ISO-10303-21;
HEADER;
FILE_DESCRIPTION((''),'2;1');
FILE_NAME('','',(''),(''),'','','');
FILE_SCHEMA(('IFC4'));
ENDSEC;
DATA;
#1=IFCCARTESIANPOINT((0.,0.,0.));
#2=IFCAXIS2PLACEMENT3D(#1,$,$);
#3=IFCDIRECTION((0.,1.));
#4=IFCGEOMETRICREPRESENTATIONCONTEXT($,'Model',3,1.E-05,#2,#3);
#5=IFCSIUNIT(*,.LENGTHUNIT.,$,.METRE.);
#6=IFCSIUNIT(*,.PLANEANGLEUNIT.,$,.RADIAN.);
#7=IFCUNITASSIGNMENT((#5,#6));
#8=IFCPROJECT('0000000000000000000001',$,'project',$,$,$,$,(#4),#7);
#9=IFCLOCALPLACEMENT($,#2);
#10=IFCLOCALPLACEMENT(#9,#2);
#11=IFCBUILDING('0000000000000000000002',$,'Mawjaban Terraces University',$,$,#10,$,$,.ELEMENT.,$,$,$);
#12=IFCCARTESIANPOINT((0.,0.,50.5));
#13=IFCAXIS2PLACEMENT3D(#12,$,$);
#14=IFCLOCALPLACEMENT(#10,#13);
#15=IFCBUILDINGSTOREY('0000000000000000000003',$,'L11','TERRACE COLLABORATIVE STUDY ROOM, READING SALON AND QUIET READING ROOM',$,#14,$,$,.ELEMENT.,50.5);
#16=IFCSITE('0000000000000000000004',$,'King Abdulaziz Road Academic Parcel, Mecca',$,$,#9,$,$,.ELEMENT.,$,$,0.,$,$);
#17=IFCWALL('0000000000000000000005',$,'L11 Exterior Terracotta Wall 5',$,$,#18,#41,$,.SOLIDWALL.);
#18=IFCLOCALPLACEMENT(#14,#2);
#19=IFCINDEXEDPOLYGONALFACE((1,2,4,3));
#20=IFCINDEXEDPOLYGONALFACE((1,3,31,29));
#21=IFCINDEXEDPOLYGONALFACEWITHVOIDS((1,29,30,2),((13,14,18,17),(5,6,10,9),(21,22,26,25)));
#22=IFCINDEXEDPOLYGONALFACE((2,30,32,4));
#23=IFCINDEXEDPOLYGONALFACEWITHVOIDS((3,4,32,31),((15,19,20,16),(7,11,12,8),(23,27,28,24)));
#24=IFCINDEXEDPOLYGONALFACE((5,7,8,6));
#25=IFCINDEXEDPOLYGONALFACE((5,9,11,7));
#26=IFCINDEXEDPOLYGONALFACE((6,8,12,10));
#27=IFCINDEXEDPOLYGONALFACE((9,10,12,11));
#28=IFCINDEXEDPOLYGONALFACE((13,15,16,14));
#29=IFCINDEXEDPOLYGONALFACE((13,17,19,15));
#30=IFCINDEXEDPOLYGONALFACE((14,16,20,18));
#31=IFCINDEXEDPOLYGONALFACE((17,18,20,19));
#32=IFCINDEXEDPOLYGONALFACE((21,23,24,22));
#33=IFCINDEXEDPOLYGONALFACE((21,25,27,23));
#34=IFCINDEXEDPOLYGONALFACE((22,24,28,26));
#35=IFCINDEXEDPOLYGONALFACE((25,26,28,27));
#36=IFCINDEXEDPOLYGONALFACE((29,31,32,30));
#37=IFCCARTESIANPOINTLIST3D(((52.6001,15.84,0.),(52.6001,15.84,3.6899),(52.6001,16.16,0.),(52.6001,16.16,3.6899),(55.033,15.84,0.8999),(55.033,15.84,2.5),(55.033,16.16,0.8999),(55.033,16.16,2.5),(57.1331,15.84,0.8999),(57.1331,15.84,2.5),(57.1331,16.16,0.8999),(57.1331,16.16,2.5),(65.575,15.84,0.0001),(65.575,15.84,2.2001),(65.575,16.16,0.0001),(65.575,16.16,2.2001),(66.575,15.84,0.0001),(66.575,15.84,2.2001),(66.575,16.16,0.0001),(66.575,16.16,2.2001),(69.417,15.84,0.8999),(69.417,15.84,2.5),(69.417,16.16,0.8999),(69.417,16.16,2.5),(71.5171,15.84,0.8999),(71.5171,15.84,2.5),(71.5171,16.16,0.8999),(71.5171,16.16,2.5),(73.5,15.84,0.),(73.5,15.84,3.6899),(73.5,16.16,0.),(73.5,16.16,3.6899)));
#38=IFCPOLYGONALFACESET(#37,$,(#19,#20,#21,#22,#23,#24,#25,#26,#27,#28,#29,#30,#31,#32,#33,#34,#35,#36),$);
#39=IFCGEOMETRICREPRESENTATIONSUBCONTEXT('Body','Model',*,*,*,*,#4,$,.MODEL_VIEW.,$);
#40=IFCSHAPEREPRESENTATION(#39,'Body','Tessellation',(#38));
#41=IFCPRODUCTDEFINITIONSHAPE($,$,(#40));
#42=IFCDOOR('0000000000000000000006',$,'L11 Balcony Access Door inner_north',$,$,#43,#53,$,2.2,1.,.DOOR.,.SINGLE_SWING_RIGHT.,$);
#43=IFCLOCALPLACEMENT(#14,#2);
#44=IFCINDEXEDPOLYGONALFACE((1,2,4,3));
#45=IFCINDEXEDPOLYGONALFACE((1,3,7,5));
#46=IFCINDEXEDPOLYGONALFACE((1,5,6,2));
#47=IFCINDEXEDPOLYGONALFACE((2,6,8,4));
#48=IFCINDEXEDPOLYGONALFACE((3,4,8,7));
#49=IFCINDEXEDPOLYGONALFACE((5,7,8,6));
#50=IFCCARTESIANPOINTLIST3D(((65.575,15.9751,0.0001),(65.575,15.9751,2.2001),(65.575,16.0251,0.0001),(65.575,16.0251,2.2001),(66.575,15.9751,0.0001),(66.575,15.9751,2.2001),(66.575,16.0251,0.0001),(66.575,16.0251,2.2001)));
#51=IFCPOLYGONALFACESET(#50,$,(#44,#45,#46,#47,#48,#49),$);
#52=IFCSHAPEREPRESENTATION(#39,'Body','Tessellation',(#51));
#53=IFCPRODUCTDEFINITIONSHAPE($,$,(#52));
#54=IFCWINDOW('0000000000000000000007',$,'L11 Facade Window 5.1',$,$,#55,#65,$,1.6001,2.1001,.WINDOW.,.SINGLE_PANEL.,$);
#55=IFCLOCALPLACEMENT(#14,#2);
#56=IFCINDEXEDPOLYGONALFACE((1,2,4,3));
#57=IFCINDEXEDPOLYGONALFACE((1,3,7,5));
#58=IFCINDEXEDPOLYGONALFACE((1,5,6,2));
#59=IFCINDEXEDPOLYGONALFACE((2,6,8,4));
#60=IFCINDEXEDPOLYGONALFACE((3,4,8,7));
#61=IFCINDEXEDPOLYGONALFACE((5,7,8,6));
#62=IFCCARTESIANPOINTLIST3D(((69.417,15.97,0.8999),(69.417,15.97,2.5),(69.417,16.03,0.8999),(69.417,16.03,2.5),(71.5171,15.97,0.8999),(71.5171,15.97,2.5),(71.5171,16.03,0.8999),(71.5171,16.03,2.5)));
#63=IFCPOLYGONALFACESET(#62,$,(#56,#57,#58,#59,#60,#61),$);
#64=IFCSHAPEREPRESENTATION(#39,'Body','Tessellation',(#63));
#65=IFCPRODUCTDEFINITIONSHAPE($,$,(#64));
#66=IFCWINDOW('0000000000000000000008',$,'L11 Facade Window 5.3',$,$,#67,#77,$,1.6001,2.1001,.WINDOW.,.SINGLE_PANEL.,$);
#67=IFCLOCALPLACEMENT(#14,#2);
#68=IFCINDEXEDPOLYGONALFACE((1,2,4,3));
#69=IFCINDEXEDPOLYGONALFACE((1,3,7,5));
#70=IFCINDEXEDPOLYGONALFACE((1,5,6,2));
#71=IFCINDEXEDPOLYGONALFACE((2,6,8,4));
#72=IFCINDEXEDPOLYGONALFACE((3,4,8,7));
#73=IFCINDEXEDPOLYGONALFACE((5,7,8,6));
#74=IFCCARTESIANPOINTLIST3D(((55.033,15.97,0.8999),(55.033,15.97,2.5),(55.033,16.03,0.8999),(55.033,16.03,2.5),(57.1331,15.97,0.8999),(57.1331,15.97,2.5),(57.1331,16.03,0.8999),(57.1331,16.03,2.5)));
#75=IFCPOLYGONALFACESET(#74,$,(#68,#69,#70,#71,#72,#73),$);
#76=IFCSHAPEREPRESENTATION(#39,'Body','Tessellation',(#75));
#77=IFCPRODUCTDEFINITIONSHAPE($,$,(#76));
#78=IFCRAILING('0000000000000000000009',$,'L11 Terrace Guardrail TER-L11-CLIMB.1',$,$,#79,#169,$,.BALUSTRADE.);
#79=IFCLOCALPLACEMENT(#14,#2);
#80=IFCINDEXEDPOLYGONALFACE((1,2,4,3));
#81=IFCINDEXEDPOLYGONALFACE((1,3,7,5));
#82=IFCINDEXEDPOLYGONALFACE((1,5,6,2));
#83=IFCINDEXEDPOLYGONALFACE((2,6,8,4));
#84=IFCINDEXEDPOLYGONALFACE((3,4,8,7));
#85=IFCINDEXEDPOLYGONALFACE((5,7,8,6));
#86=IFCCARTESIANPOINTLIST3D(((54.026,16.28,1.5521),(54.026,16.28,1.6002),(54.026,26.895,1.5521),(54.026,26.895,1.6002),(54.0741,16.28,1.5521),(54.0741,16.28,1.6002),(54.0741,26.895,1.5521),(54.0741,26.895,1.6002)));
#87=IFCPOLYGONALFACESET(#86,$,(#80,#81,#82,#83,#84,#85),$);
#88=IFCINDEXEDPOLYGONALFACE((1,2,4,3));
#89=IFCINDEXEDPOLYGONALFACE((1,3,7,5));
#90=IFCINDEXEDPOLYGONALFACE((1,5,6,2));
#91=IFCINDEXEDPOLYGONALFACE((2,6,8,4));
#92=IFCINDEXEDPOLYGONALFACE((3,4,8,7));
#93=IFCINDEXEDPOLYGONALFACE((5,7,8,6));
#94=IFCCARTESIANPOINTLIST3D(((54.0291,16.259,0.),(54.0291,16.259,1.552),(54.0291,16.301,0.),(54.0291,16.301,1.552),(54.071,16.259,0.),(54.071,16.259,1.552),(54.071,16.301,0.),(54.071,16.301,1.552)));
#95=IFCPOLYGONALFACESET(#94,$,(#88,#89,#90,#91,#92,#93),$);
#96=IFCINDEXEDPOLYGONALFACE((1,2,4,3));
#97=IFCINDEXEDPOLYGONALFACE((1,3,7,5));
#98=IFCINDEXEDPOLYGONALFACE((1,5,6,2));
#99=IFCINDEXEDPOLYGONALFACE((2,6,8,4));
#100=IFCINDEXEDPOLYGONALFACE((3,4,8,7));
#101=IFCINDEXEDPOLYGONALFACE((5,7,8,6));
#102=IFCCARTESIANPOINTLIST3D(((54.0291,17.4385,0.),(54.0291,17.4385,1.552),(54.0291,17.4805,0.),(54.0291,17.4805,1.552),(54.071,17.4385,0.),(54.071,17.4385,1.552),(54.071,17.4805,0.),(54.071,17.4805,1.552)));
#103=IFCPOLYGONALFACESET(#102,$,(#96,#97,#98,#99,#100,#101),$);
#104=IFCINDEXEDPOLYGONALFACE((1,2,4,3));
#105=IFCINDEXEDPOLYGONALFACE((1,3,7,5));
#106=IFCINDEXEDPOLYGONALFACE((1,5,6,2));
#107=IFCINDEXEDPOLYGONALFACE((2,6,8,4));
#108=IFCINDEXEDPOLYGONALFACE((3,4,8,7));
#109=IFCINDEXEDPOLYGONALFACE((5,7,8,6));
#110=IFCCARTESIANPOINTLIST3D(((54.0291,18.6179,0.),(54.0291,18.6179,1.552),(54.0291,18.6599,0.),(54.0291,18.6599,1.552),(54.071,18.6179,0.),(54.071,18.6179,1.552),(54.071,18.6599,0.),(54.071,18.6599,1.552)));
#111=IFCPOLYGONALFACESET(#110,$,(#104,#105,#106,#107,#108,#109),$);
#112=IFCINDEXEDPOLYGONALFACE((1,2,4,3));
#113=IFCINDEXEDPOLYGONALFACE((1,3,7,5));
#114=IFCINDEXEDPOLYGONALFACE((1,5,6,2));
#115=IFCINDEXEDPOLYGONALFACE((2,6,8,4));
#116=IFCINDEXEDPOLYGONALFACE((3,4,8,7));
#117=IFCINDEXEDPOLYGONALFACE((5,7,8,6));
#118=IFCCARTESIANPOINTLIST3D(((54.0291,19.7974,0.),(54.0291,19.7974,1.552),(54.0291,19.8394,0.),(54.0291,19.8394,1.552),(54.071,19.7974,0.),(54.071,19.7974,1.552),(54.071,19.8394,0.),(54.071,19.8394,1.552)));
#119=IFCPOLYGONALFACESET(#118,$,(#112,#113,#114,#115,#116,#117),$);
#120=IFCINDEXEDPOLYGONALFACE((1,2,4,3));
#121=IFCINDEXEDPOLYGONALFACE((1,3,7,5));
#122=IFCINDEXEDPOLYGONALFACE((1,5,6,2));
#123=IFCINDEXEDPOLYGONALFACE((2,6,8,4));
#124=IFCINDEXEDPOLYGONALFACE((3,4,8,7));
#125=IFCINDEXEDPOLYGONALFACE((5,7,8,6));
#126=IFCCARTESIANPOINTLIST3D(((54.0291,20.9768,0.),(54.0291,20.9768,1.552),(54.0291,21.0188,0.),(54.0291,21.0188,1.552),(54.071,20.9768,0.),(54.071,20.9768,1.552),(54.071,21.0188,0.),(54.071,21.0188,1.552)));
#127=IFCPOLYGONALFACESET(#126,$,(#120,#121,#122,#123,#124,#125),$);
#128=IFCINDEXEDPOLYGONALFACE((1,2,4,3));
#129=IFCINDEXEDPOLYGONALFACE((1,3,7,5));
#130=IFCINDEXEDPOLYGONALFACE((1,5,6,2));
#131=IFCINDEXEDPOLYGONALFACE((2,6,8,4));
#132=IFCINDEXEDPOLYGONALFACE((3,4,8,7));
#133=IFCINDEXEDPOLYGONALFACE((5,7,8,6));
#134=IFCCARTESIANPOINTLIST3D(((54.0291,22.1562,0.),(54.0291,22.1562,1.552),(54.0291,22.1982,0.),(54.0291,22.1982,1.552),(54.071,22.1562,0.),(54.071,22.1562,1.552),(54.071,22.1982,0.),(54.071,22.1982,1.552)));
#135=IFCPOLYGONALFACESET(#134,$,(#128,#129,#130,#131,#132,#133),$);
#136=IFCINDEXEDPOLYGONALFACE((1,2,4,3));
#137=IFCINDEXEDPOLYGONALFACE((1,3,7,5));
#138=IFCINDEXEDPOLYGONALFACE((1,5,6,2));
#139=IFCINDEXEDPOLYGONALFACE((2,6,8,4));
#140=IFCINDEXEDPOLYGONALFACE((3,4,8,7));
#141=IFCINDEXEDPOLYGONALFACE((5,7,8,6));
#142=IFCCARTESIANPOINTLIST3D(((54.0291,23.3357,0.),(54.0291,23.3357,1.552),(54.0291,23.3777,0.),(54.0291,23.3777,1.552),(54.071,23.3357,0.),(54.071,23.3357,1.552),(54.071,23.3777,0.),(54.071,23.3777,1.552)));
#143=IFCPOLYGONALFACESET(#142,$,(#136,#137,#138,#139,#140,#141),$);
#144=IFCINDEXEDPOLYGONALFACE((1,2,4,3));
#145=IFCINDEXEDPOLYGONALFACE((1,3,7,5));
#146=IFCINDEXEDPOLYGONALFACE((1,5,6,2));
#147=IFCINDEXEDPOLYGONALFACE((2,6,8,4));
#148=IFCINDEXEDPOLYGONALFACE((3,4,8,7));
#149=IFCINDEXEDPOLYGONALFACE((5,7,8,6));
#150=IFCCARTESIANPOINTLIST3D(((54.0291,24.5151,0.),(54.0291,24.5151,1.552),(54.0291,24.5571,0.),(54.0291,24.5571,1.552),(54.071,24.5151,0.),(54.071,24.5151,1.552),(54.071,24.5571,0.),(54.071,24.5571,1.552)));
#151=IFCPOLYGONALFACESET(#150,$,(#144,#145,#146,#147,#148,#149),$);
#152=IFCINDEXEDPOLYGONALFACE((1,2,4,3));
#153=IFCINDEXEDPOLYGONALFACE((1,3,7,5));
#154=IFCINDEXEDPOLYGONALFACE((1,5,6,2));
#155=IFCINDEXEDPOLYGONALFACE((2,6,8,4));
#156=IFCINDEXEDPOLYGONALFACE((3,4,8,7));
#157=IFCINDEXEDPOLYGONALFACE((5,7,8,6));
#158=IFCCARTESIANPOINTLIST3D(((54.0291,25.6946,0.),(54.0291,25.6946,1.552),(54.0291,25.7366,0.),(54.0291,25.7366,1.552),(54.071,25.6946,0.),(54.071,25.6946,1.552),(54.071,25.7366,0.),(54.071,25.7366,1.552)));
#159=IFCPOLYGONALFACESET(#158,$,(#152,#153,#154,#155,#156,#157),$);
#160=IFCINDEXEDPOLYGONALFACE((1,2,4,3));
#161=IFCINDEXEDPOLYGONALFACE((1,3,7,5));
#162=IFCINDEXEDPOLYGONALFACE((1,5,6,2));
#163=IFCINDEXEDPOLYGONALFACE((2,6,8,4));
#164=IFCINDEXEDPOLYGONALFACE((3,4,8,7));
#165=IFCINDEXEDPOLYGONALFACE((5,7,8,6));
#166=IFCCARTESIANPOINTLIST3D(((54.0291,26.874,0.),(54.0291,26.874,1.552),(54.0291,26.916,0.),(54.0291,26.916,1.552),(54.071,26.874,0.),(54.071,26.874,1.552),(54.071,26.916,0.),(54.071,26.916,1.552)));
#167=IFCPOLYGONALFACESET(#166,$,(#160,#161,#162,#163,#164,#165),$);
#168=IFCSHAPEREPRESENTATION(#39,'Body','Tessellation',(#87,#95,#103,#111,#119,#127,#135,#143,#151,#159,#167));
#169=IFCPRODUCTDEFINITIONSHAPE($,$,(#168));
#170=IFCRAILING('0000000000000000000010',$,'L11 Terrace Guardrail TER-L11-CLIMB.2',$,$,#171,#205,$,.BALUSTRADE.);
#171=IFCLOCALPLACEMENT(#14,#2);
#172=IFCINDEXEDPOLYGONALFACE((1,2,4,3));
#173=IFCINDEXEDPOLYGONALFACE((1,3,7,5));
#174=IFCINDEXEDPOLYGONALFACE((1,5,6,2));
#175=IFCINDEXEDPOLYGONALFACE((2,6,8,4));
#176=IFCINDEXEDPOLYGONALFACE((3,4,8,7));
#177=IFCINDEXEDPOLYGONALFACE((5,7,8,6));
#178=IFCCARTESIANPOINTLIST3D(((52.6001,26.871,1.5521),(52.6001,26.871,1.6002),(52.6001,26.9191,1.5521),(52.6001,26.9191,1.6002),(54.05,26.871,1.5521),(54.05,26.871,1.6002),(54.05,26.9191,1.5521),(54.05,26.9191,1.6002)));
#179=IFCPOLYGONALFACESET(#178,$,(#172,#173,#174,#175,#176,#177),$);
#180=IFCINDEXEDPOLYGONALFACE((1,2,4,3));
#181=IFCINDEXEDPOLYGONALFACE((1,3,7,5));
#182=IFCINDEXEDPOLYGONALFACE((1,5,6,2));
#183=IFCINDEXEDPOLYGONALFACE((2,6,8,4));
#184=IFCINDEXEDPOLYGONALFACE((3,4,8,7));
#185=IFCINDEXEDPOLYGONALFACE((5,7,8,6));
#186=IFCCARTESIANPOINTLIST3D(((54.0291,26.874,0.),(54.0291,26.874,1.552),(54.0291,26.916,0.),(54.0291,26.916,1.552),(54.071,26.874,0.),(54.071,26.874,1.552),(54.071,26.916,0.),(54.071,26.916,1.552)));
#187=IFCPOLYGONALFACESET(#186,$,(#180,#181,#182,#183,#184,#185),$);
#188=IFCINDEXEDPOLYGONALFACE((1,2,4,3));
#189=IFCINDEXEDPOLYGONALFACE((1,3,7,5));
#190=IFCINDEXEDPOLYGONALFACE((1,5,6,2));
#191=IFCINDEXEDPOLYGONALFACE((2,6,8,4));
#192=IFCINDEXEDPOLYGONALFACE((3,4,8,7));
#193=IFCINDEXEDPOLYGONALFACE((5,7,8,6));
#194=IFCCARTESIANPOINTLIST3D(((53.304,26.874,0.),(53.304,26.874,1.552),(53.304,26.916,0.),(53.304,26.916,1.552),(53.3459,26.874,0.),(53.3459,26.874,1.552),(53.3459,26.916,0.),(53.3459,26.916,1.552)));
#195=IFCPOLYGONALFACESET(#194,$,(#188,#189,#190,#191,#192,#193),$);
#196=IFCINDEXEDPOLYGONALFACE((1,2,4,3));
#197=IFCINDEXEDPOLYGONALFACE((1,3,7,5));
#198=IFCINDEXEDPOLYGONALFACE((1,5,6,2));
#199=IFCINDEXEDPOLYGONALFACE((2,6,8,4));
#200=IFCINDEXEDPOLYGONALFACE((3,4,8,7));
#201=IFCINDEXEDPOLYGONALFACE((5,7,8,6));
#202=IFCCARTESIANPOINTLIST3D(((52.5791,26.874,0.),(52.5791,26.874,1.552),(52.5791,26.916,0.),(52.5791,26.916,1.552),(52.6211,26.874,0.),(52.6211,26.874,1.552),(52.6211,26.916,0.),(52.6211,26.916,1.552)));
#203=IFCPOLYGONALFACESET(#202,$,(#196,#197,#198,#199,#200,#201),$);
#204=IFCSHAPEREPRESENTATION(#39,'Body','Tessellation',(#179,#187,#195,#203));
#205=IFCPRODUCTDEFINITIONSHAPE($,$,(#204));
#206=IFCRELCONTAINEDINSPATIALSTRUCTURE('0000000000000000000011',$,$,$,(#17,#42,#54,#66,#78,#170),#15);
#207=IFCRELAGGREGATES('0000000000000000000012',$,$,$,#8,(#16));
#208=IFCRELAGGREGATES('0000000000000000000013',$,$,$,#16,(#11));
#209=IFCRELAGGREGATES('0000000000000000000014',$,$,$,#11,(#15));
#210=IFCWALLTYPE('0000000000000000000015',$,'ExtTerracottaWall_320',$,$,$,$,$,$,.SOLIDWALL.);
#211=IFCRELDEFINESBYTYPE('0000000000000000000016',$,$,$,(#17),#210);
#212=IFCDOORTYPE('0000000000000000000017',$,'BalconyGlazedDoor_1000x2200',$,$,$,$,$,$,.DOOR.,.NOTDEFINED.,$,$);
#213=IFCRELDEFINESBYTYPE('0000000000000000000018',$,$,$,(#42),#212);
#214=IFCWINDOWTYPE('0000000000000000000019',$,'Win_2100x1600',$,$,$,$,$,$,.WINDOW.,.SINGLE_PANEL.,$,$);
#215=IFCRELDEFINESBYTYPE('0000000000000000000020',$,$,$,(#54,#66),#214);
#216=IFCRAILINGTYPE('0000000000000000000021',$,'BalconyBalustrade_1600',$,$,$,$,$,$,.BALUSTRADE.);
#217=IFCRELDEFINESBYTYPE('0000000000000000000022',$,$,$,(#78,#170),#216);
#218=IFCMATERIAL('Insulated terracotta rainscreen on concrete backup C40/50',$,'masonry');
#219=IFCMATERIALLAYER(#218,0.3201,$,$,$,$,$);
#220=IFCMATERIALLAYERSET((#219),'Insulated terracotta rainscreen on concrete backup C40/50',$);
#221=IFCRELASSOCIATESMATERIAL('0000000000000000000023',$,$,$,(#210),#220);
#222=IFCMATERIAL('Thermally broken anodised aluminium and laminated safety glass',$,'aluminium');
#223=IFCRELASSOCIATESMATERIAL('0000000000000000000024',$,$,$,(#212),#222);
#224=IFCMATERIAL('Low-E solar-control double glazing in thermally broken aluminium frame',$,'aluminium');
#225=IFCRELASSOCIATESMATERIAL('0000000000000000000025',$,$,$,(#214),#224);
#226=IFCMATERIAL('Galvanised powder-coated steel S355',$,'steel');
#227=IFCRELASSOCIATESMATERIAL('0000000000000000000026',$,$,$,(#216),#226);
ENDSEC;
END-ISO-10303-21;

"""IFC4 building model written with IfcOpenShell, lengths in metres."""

from ifc_helpers import new_model, si_unit, direction, frame, frame_2d, origin, origin_2d, place, context, subcontext, project, spatial, rectangle, extrude, material, layer, layer_set, type_object, element, fill, save


model = new_model("IFC4")

# Units and contexts
model_context = context("Model", 3, precision=1e-05, world=origin(), true_north=direction((0.0, 1.0)))
body_context = subcontext(model_context, "Body", "Model", "MODEL_VIEW")
ifc_project = project(units=[si_unit("LENGTHUNIT", "METRE"), si_unit("PLANEANGLEUNIT", "RADIAN")], contexts=[model_context])

# Site, building, storey
site_placement = place(None, origin())
site = spatial("IfcSite", under=ifc_project, at=site_placement, Name="King Abdulaziz Road Academic Parcel, Mecca", CompositionType="ELEMENT", RefElevation=0.0)
building_placement = place(site_placement, origin())
building = spatial("IfcBuilding", under=site, at=building_placement, Name="Mawjaban Terraces University", CompositionType="ELEMENT")
storey_placement = place(building_placement, frame((0.0, 0.0, 50.5)))
storey = spatial("IfcBuildingStorey", under=building, at=storey_placement, Name="L11", Description="TERRACE COLLABORATIVE STUDY ROOM, READING SALON AND QUIET READING ROOM", CompositionType="ELEMENT", Elevation=50.5)

# Shared definitions
ifc_material_1 = material(Name="Insulated terracotta rainscreen on concrete backup C40/50", Category="masonry")
ifc_layer_1 = layer(ifc_material_1, 0.3201)
ifc_layer_set_1 = layer_set([ifc_layer_1], Name="Insulated terracotta rainscreen on concrete backup C40/50")
wall_type = type_object("IfcWallType", Name="ExtTerracottaWall_320", PredefinedType="SOLIDWALL", material=ifc_layer_set_1)

# Wall, openings, door, windows
wall_1_placement = place(storey_placement, frame((73.5, 16.0, 0.0), z_axis=(0.0, 0.0, 1.0), x_axis=(-1.0, 0.0, 0.0)))
wall_1 = element("IfcWall", 1, at=wall_1_placement, inside=storey, type_object=wall_type, Name="L11 Exterior Terracotta Wall 5", PredefinedType="SOLIDWALL", context=body_context, shape_type="SweptSolid", body=[
    extrude(rectangle(XDim=20.8999, YDim=0.3201, at=frame_2d((10.45, 0.0))), origin(), (0.0, 0.0, 1.0), 3.6899),
])
opening_1_placement = place(wall_1_placement, frame((6.925, 0.0, 0.0)))
opening_1 = element("IfcOpeningElement", 2, at=opening_1_placement, cuts=wall_1, PredefinedType="OPENING", context=body_context, shape_type="SweptSolid", body=[
    extrude(rectangle(XDim=1.0, YDim=2.2, at=frame_2d((0.5, 1.1001))), frame((0.0, 0.1699, 0.0), z_axis=(0.0, -1.0, 0.0), x_axis=(1.0, 0.0, 0.0)), (0.0, 0.0, 1.0), 0.3401),
])
opening_2_placement = place(wall_1_placement, frame((1.9829, 0.0, 0.8999)))
opening_2 = element("IfcOpeningElement", 3, at=opening_2_placement, cuts=wall_1, PredefinedType="OPENING", context=body_context, shape_type="SweptSolid", body=[
    extrude(rectangle(XDim=2.1001, YDim=1.6001, at=frame_2d((1.05, 0.8))), frame((0.0, 0.1699, 0.0), z_axis=(0.0, -1.0, 0.0), x_axis=(1.0, 0.0, 0.0)), (0.0, 0.0, 1.0), 0.3401),
])
opening_3_placement = place(wall_1_placement, frame((16.3669, 0.0, 0.8999)))
opening_3 = element("IfcOpeningElement", 4, at=opening_3_placement, cuts=wall_1, PredefinedType="OPENING", context=body_context, shape_type="SweptSolid", body=[
    extrude(rectangle(XDim=2.1001, YDim=1.6001, at=frame_2d((1.05, 0.8))), frame((0.0, 0.1699, 0.0), z_axis=(0.0, -1.0, 0.0), x_axis=(1.0, 0.0, 0.0)), (0.0, 0.0, 1.0), 0.3401),
])
ifc_material_2 = material(Name="Thermally broken anodised aluminium and laminated safety glass", Category="aluminium")
door_type = type_object("IfcDoorType", Name="BalconyGlazedDoor_1000x2200", OperationType="NOTDEFINED", PredefinedType="DOOR", material=ifc_material_2)
door_placement = place(opening_1_placement, origin())
door = element("IfcDoor", 5, at=door_placement, inside=storey, type_object=door_type, Name="L11 Balcony Access Door inner_north", OperationType="SINGLE_SWING_RIGHT", OverallHeight=2.2, OverallWidth=1.0, PredefinedType="DOOR", context=body_context, shape_type="SweptSolid", body=[
    extrude(rectangle(XDim=1.0, YDim=2.2, at=frame_2d((0.5, 1.1001))), frame((0.0, 0.0249, 0.0), z_axis=(0.0, -1.0, 0.0), x_axis=(1.0, 0.0, 0.0)), (0.0, 0.0, 1.0), 0.05),
])
fill(opening_1, door)
ifc_material_3 = material(Name="Low-E solar-control double glazing in thermally broken aluminium frame", Category="aluminium")
window_type = type_object("IfcWindowType", Name="Win_2100x1600", PartitioningType="SINGLE_PANEL", PredefinedType="WINDOW", material=ifc_material_3)
window_1_placement = place(opening_2_placement, origin())
window_1 = element("IfcWindow", 6, at=window_1_placement, inside=storey, type_object=window_type, Name="L11 Facade Window 5.1", OverallHeight=1.6001, OverallWidth=2.1001, PartitioningType="SINGLE_PANEL", PredefinedType="WINDOW", context=body_context, shape_type="SweptSolid", body=[
    extrude(rectangle(XDim=2.1001, YDim=1.6001, at=frame_2d((1.05, 0.8))), frame((0.0, 0.03, 0.0), z_axis=(0.0, -1.0, 0.0), x_axis=(1.0, 0.0, 0.0)), (0.0, 0.0, 1.0), 0.0601),
])
fill(opening_2, window_1)
window_2_placement = place(opening_3_placement, origin())
window_2 = element("IfcWindow", 7, at=window_2_placement, inside=storey, type_object=window_type, Name="L11 Facade Window 5.3", OverallHeight=1.6001, OverallWidth=2.1001, PartitioningType="SINGLE_PANEL", PredefinedType="WINDOW", context=body_context, shape_type="SweptSolid", body=[
    extrude(rectangle(XDim=2.1001, YDim=1.6001, at=frame_2d((1.05, 0.8))), frame((0.0, 0.03, 0.0), z_axis=(0.0, -1.0, 0.0), x_axis=(1.0, 0.0, 0.0)), (0.0, 0.0, 1.0), 0.0601),
])
fill(opening_3, window_2)

# Railings
ifc_material_4 = material(Name="Galvanised powder-coated steel S355", Category="steel")
railing_type = type_object("IfcRailingType", Name="BalconyBalustrade_1600", PredefinedType="BALUSTRADE", material=ifc_material_4)
railing_1_placement = place(storey_placement, frame((54.05, 16.28, 0.0)))
element("IfcRailing", 8, at=railing_1_placement, inside=storey, type_object=railing_type, Name="L11 Terrace Guardrail TER-L11-CLIMB.1", PredefinedType="BALUSTRADE", context=body_context, shape_type="SweptSolid", body=[
    extrude(rectangle(XDim=0.0481, YDim=0.0481, at=origin_2d()), frame((0.0, 0.0, 1.5762), z_axis=(0.0, 1.0, 0.0), x_axis=(-1.0, 0.0, 0.0)), (0.0, 0.0, 1.0), 10.615),
    extrude(rectangle(XDim=0.042, YDim=0.042, at=origin_2d()), origin(), (0.0, 0.0, 1.0), 1.552),
    extrude(rectangle(XDim=0.042, YDim=0.042, at=origin_2d()), frame((0.0, 1.1794, 0.0)), (0.0, 0.0, 1.0), 1.552),
    extrude(rectangle(XDim=0.042, YDim=0.042, at=origin_2d()), frame((0.0, 2.3589, 0.0)), (0.0, 0.0, 1.0), 1.552),
    extrude(rectangle(XDim=0.042, YDim=0.042, at=origin_2d()), frame((0.0, 3.5383, 0.0)), (0.0, 0.0, 1.0), 1.552),
    extrude(rectangle(XDim=0.042, YDim=0.042, at=origin_2d()), frame((0.0, 4.7178, 0.0)), (0.0, 0.0, 1.0), 1.552),
    extrude(rectangle(XDim=0.042, YDim=0.042, at=origin_2d()), frame((0.0, 5.8972, 0.0)), (0.0, 0.0, 1.0), 1.552),
    extrude(rectangle(XDim=0.042, YDim=0.042, at=origin_2d()), frame((0.0, 7.0767, 0.0)), (0.0, 0.0, 1.0), 1.552),
    extrude(rectangle(XDim=0.042, YDim=0.042, at=origin_2d()), frame((0.0, 8.2561, 0.0)), (0.0, 0.0, 1.0), 1.552),
    extrude(rectangle(XDim=0.042, YDim=0.042, at=origin_2d()), frame((0.0, 9.4355, 0.0)), (0.0, 0.0, 1.0), 1.552),
    extrude(rectangle(XDim=0.042, YDim=0.042, at=origin_2d()), frame((0.0, 10.615, 0.0)), (0.0, 0.0, 1.0), 1.552),
])
railing_2_placement = place(storey_placement, frame((54.05, 26.895, 0.0)))
element("IfcRailing", 9, at=railing_2_placement, inside=storey, type_object=railing_type, Name="L11 Terrace Guardrail TER-L11-CLIMB.2", PredefinedType="BALUSTRADE", context=body_context, shape_type="SweptSolid", body=[
    extrude(rectangle(XDim=0.0481, YDim=0.0481, at=origin_2d()), frame((0.0, 0.0, 1.5762), z_axis=(-1.0, 0.0, 0.0), x_axis=(0.0, -1.0, 0.0)), (0.0, 0.0, 1.0), 1.45),
    extrude(rectangle(XDim=0.042, YDim=0.042, at=origin_2d()), origin(), (0.0, 0.0, 1.0), 1.552),
    extrude(rectangle(XDim=0.042, YDim=0.042, at=origin_2d()), frame((-0.7251, 0.0, 0.0)), (0.0, 0.0, 1.0), 1.552),
    extrude(rectangle(XDim=0.042, YDim=0.042, at=origin_2d()), frame((-1.45, 0.0, 0.0)), (0.0, 0.0, 1.0), 1.552),
])

save(model, "model.ifc")
